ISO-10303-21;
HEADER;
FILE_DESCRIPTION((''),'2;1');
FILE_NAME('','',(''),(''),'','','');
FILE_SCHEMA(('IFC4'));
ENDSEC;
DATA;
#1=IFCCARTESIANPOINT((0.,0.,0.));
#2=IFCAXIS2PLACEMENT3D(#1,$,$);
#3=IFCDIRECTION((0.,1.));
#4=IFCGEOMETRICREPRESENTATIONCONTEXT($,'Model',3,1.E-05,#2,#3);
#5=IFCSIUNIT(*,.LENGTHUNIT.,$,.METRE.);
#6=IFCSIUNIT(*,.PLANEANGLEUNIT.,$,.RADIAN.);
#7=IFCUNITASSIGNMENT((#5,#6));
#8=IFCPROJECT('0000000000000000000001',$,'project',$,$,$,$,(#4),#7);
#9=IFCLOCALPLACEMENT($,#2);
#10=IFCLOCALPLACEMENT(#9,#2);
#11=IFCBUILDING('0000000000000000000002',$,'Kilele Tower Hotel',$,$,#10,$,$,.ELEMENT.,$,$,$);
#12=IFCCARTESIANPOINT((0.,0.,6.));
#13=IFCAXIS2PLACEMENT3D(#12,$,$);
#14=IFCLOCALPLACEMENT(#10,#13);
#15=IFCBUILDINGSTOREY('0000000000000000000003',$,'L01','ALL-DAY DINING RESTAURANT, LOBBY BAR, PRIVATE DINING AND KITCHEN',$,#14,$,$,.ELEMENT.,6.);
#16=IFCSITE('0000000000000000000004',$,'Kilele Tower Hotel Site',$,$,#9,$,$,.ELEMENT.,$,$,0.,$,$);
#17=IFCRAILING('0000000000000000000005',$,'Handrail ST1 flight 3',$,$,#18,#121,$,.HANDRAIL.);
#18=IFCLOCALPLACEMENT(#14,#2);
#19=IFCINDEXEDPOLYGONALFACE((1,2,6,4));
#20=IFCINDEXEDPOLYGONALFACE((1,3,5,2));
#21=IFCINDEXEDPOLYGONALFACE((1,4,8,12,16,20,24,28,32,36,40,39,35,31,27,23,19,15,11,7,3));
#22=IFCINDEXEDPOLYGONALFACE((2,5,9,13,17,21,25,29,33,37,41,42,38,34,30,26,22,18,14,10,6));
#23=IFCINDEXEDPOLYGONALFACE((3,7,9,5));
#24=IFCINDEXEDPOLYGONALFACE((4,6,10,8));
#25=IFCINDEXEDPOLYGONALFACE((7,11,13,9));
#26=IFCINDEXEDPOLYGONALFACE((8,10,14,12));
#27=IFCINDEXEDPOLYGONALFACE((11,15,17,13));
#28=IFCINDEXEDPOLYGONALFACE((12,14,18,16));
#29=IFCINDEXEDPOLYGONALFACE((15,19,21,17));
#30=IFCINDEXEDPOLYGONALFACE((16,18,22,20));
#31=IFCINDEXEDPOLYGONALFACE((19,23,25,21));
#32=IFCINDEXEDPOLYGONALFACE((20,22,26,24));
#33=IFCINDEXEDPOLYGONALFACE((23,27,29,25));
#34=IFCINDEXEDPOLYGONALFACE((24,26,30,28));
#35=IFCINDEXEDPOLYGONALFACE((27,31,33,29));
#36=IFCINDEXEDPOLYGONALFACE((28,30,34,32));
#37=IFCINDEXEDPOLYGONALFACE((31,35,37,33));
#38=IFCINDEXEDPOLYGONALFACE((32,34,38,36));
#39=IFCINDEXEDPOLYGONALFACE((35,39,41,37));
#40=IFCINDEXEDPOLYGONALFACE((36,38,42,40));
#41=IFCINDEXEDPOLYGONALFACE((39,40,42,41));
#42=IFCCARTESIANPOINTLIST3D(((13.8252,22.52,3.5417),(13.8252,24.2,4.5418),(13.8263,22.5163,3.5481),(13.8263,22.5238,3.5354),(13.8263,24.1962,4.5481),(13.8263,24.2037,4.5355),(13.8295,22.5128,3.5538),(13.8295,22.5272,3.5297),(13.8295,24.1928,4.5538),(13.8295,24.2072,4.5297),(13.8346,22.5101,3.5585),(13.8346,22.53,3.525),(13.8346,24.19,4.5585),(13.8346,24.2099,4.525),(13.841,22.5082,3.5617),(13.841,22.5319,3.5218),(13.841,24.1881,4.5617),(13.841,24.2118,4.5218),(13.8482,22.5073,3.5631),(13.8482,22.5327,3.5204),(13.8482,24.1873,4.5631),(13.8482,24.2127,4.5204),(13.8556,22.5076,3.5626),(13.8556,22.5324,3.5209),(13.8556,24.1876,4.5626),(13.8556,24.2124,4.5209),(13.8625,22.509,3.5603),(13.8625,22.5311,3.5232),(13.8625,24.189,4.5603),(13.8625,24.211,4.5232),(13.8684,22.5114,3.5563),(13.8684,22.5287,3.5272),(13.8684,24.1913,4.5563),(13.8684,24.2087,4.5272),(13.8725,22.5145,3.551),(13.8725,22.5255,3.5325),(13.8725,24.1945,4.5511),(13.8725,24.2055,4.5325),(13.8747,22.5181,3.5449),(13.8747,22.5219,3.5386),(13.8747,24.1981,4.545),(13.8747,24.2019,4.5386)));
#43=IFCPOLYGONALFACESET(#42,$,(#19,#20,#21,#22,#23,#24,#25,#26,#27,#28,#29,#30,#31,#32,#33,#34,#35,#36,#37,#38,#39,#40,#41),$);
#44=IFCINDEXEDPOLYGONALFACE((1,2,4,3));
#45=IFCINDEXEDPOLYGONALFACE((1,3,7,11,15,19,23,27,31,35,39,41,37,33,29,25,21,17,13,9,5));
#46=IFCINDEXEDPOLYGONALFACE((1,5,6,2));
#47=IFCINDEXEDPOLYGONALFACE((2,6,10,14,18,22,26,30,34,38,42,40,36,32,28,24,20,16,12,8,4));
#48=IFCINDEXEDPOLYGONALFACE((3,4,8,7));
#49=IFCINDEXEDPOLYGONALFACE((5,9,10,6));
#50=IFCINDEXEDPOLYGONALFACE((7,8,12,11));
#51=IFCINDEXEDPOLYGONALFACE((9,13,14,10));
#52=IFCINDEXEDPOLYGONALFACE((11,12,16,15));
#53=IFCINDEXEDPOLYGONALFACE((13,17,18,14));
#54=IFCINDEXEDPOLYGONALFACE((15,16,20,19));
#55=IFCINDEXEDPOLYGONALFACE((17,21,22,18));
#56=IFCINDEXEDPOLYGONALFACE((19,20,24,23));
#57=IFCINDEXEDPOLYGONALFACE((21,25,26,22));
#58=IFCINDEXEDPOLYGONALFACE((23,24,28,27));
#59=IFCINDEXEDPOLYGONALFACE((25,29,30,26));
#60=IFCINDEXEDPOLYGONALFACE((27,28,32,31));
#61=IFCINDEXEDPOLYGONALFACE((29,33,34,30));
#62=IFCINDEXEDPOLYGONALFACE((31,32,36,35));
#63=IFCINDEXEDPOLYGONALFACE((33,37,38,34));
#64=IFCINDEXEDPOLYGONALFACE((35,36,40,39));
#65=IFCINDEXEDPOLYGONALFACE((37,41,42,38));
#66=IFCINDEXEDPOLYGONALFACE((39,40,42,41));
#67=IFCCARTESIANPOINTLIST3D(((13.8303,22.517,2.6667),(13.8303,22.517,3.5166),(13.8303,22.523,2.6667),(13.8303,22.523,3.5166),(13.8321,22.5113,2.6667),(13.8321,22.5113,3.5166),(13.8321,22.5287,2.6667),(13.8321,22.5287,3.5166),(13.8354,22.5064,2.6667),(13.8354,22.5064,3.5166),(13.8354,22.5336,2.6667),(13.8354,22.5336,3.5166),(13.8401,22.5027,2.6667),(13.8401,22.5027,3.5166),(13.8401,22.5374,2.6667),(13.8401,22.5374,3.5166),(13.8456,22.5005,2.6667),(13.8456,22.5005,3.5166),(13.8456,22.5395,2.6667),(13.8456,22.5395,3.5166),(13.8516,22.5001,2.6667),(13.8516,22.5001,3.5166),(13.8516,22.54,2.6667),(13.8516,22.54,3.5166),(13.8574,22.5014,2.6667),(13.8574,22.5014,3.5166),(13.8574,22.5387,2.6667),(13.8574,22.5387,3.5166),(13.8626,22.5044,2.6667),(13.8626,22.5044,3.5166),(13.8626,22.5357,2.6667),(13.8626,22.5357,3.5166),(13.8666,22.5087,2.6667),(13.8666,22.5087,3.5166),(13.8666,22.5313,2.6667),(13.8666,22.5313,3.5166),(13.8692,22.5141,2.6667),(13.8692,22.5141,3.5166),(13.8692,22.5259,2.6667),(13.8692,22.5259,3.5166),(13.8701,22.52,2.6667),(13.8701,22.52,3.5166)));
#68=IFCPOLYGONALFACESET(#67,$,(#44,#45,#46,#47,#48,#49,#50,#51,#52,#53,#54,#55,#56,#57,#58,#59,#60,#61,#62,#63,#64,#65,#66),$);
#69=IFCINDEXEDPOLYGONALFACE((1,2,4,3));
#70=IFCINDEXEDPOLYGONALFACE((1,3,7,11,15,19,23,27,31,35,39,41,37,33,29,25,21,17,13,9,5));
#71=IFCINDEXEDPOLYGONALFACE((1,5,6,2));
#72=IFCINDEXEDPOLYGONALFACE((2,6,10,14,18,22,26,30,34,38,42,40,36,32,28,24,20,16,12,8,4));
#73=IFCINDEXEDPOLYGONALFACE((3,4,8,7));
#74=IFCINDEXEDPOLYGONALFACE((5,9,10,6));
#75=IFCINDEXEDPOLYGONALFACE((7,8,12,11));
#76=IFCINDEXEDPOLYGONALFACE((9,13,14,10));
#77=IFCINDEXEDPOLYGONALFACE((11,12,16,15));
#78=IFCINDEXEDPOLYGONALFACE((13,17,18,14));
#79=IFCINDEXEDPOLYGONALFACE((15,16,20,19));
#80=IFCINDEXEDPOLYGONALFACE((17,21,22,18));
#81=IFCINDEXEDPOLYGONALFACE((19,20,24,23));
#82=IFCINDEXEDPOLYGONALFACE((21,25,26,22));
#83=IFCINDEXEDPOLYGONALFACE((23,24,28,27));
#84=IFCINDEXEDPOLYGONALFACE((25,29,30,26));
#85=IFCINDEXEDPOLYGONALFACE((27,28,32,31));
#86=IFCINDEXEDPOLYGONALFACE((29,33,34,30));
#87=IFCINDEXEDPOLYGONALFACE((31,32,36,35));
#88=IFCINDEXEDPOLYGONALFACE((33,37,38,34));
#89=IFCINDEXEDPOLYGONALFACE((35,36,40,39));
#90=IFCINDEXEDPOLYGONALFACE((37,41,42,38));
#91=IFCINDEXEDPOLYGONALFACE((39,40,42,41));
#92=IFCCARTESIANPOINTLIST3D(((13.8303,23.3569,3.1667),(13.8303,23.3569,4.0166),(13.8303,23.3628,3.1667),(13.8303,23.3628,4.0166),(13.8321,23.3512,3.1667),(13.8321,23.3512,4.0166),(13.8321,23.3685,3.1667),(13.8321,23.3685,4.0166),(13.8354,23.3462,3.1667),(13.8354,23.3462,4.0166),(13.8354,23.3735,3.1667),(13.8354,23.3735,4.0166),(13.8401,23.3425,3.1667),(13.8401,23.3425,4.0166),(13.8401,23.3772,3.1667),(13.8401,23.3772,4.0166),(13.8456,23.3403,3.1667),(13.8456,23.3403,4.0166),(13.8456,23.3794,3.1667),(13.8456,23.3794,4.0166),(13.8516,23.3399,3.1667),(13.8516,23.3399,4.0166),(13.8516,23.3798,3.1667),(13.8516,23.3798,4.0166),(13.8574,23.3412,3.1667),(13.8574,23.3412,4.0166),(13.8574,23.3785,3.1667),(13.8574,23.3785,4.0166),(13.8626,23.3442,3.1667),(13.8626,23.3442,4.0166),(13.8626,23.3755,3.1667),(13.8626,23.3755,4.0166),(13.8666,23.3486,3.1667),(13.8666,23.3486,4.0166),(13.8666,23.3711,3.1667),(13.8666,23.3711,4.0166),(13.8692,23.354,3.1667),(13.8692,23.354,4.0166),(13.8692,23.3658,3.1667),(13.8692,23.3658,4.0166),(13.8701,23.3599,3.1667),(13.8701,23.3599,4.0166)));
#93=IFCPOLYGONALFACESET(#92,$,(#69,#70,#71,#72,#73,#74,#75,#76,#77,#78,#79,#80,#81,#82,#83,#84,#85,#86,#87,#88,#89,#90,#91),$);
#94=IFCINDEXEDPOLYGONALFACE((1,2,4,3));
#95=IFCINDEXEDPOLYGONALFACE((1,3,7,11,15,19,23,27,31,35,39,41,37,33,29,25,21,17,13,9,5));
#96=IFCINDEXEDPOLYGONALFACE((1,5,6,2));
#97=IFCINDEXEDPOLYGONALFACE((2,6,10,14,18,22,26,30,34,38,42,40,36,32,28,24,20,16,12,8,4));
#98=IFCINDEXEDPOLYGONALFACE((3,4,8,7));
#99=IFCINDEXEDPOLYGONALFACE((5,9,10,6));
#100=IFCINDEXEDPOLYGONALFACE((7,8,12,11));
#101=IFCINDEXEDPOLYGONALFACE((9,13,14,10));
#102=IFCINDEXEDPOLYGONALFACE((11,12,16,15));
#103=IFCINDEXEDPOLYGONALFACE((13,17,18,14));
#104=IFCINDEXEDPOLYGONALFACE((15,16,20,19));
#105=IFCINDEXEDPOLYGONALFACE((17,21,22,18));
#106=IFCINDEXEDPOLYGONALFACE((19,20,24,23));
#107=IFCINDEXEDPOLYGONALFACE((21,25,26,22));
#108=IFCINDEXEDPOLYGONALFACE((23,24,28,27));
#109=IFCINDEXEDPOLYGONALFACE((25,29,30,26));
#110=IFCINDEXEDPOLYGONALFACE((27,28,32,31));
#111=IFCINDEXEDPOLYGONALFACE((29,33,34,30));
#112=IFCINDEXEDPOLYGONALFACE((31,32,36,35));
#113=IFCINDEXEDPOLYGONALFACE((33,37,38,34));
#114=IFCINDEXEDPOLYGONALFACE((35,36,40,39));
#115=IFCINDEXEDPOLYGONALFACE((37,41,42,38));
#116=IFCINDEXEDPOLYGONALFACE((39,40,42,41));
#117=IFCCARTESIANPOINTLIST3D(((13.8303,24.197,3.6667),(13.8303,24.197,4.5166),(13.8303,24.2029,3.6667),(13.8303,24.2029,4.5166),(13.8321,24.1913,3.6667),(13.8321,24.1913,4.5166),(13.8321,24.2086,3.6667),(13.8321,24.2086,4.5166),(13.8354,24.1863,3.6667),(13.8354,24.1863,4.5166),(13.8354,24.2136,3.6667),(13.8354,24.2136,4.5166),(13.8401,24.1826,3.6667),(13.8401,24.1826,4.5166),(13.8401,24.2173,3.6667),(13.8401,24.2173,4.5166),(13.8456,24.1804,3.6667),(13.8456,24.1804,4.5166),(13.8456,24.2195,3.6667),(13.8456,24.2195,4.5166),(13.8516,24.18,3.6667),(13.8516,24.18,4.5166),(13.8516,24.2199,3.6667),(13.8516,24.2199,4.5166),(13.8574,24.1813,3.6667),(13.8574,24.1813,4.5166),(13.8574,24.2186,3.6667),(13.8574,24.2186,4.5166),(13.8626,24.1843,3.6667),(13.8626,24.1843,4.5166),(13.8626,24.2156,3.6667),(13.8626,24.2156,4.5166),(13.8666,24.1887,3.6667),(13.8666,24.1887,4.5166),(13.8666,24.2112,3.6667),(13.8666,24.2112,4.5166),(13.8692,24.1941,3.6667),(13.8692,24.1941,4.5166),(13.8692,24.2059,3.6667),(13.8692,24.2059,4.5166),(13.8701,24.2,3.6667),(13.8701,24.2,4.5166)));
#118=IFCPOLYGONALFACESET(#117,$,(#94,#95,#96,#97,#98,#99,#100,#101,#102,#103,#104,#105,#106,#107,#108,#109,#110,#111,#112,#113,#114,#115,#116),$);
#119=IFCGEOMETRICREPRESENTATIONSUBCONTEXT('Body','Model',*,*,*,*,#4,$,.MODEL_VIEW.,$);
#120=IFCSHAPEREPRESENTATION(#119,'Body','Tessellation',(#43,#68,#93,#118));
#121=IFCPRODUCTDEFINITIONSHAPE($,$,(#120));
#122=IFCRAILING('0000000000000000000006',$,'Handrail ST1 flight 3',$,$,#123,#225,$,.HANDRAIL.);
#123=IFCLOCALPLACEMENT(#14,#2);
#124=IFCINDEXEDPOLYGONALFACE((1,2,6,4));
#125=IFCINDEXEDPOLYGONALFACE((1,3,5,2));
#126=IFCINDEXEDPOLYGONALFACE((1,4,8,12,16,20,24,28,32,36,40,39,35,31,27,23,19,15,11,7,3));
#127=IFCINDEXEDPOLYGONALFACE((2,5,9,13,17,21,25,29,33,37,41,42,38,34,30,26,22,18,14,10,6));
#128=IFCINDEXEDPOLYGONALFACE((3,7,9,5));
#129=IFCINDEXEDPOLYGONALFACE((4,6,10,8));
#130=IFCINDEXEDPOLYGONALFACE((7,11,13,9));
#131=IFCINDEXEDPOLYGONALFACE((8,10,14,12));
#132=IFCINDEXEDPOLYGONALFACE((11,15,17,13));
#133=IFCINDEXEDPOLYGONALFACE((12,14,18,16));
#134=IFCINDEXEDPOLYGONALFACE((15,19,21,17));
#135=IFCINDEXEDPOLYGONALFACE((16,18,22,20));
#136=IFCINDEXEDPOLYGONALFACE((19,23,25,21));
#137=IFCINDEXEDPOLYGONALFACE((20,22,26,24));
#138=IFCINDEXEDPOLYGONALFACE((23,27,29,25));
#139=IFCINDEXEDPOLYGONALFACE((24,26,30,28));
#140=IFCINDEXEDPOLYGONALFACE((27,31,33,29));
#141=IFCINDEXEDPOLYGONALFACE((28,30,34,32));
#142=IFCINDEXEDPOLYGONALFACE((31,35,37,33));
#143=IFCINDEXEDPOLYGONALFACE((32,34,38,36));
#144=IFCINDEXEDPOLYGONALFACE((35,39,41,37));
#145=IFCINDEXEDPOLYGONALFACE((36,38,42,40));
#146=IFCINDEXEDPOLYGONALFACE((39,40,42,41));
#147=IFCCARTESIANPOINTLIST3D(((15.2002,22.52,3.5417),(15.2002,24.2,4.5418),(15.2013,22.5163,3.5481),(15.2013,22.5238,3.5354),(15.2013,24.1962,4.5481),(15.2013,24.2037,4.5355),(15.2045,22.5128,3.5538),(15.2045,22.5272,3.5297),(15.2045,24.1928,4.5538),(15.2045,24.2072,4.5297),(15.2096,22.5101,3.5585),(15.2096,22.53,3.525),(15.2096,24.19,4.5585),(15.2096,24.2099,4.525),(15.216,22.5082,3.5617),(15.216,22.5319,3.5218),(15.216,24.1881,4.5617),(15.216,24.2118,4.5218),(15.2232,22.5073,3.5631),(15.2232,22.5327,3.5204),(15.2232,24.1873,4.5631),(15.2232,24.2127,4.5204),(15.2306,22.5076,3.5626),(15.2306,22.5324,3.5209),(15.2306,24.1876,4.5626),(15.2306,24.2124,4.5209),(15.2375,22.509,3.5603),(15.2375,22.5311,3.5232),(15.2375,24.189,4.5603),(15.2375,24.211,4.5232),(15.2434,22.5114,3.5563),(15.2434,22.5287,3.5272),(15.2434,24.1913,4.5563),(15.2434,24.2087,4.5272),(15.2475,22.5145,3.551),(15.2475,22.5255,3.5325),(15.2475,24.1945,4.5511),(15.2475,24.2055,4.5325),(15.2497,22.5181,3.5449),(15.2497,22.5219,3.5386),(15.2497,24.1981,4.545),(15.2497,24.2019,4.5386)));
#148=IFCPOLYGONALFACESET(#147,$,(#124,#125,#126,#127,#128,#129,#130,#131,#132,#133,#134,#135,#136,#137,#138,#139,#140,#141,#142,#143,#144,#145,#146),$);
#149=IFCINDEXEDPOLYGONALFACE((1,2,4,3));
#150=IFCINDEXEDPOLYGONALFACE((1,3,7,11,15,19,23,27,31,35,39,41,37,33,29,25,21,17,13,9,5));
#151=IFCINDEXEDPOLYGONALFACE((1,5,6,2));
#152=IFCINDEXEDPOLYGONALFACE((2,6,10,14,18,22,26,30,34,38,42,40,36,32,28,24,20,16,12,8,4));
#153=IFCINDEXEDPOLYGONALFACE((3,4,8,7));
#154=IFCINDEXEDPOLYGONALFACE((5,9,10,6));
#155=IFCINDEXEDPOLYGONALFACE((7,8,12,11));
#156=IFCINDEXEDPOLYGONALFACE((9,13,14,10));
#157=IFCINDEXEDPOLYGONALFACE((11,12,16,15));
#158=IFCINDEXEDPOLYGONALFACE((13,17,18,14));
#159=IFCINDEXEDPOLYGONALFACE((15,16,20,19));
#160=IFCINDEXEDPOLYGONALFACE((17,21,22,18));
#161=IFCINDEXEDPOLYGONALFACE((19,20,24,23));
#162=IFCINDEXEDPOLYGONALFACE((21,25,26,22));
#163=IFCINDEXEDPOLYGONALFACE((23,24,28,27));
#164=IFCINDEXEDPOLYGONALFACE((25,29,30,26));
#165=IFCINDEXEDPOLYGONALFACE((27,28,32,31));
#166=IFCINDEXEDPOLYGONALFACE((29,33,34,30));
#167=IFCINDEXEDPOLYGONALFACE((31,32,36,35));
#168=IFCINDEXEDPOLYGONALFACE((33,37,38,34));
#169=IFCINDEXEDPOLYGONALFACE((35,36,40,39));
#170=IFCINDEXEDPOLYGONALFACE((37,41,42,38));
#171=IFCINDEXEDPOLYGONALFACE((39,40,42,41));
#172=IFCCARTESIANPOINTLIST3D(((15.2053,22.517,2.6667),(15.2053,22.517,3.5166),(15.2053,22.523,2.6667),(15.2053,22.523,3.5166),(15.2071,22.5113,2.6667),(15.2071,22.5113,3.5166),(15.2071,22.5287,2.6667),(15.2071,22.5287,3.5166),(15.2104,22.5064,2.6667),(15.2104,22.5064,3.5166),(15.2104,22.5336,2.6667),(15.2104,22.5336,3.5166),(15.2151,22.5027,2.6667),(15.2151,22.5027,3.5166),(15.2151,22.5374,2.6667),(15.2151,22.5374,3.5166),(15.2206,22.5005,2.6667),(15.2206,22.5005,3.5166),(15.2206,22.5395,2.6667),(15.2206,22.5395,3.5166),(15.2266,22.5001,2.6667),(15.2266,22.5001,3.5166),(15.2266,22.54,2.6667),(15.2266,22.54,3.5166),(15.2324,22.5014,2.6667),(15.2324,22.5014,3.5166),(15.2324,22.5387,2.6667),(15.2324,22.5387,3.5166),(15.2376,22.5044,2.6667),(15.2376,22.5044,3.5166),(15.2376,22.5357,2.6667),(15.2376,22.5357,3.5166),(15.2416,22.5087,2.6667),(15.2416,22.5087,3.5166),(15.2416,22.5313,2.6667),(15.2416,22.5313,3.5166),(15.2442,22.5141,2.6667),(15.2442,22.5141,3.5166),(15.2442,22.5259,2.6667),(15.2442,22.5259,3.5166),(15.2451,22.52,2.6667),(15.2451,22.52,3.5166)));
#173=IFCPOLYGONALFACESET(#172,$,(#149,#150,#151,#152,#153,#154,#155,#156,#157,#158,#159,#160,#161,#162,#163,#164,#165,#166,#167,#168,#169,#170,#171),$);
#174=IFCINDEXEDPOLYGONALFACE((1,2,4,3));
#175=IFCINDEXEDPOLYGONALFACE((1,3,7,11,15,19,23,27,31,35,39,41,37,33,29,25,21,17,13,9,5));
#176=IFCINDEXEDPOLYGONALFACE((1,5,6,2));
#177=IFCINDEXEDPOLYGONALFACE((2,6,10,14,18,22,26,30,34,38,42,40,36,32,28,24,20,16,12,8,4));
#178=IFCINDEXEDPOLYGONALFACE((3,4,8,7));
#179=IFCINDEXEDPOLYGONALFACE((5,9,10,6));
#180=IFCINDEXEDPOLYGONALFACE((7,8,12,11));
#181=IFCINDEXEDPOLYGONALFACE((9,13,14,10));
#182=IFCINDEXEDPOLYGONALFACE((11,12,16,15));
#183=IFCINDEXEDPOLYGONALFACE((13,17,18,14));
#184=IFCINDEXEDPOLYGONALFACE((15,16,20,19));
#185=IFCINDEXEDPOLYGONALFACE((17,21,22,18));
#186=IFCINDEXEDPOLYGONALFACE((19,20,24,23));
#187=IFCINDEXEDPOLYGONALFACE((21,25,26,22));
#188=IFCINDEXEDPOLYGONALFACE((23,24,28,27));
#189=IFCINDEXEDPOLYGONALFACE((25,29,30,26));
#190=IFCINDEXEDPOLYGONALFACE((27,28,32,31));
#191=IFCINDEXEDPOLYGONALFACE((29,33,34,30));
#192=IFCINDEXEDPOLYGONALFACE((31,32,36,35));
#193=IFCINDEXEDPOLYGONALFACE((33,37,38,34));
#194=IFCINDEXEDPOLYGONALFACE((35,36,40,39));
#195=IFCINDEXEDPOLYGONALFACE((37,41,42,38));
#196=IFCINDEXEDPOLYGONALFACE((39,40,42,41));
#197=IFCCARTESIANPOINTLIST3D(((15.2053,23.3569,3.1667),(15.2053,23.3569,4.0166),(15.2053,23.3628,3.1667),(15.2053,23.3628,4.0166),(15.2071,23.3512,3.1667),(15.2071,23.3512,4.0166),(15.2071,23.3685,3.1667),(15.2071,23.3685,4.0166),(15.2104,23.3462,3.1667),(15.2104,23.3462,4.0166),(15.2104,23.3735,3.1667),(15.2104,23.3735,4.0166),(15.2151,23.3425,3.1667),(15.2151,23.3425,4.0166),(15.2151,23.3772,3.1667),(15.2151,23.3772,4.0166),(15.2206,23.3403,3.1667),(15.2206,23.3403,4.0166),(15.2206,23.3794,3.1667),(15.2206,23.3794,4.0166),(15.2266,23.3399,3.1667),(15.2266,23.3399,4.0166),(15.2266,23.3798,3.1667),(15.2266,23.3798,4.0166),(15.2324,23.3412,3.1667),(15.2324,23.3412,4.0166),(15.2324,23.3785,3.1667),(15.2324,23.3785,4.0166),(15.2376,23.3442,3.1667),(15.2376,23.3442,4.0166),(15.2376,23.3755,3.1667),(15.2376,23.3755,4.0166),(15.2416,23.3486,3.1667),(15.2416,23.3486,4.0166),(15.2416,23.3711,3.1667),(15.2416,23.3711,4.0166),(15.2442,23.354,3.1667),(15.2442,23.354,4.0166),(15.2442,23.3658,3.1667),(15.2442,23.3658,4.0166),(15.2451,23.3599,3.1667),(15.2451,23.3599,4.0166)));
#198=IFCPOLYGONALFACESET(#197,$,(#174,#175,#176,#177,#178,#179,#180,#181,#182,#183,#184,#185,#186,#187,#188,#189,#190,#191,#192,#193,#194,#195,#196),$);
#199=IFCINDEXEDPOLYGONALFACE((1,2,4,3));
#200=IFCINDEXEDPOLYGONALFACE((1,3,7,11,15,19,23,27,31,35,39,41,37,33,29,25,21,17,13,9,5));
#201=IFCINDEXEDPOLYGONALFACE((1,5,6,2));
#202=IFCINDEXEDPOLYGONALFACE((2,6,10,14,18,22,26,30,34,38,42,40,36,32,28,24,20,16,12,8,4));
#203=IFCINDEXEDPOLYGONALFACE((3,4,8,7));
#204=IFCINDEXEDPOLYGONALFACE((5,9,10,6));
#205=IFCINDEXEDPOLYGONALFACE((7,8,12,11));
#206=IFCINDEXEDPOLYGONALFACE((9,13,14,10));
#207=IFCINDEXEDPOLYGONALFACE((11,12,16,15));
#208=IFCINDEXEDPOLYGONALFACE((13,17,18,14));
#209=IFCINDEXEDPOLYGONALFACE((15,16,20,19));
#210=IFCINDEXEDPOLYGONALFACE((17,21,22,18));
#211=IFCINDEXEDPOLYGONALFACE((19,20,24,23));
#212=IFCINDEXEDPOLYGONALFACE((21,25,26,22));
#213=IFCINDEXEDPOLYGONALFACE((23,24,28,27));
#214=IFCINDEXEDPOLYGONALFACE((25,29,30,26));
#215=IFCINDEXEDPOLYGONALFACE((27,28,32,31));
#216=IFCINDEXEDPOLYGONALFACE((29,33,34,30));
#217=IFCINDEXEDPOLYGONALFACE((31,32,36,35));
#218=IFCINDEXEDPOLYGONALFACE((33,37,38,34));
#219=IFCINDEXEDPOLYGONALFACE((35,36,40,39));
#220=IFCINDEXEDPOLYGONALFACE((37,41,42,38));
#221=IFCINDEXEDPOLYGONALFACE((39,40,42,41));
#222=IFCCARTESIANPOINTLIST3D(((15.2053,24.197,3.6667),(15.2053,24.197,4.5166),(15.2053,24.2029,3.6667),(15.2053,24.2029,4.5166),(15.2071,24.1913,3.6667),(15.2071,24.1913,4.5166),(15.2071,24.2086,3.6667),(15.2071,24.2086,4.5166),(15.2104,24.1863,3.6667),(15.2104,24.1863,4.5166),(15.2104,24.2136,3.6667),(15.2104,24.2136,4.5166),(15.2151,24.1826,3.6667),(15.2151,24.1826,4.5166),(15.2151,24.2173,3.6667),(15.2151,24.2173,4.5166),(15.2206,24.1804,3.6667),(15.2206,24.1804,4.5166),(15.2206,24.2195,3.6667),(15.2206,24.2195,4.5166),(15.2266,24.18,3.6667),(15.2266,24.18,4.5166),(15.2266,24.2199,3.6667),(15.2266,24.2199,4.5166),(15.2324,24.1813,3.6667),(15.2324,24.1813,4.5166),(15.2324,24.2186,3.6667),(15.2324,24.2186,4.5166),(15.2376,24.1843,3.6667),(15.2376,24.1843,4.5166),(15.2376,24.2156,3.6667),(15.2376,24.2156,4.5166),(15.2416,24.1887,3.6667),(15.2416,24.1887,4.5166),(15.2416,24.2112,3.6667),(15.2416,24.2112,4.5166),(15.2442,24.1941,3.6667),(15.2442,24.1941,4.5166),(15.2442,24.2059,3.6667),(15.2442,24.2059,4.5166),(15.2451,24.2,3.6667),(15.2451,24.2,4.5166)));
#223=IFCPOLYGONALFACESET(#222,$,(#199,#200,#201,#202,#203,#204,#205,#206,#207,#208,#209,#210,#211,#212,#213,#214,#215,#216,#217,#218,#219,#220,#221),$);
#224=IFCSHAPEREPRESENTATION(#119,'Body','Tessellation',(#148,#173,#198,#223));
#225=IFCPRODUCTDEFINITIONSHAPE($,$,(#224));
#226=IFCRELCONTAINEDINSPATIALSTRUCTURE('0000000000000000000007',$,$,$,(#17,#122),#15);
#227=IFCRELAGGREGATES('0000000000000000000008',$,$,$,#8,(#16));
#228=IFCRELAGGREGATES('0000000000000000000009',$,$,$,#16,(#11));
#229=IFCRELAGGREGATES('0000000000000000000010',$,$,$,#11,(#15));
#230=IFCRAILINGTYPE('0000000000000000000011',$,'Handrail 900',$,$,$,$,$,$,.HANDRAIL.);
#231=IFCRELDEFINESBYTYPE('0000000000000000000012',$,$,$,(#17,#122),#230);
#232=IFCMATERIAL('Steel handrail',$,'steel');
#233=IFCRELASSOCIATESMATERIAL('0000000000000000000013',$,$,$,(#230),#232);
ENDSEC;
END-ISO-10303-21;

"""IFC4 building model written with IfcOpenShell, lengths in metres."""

from ifc_helpers import new_model, si_unit, direction, frame, origin, origin_2d, place, context, subcontext, project, spatial, circle, extrude, material, type_object, element, save


model = new_model("IFC4")

# Units and contexts
model_context = context("Model", 3, precision=1e-05, world=origin(), true_north=direction((0.0, 1.0)))
body_context = subcontext(model_context, "Body", "Model", "MODEL_VIEW")
ifc_project = project(units=[si_unit("LENGTHUNIT", "METRE"), si_unit("PLANEANGLEUNIT", "RADIAN")], contexts=[model_context])

# Site, building, storey
site_placement = place(None, origin())
site = spatial("IfcSite", under=ifc_project, at=site_placement, Name="Kilele Tower Hotel Site", CompositionType="ELEMENT", RefElevation=0.0)
building_placement = place(site_placement, origin())
building = spatial("IfcBuilding", under=site, at=building_placement, Name="Kilele Tower Hotel", CompositionType="ELEMENT")
storey_placement = place(building_placement, frame((0.0, 0.0, 6.0)))
storey = spatial("IfcBuildingStorey", under=building, at=storey_placement, Name="L01", Description="ALL-DAY DINING RESTAURANT, LOBBY BAR, PRIVATE DINING AND KITCHEN", CompositionType="ELEMENT", Elevation=6.0)

# Railings
ifc_material_1 = material(Name="Steel handrail", Category="steel")
railing_type_1 = type_object("IfcRailingType", Name="Handrail 900", PredefinedType="HANDRAIL", material=ifc_material_1)
for number, where, name in (
    (1, (13.8501, 22.52, 2.6667), "Handrail ST1 flight 3"),
    (2, (15.2251, 22.52, 2.6667), "Handrail ST1 flight 3"),
):
    element("IfcRailing", number, at=place(storey_placement, frame(where)), inside=storey, type_object=railing_type_1, Name=name, PredefinedType="HANDRAIL", context=body_context, shape_type="SweptSolid", body=[
        extrude(circle(Radius=0.0249, at=origin_2d()), frame((0.0, 0.0, 0.875), z_axis=(0.0, 0.859284, 0.511499), x_axis=(-1.0, 0.0, 0.0)), (0.0, 0.0, 1.0), 1.9551),
        extrude(circle(Radius=0.02, at=origin_2d()), origin(), (0.0, 0.0, 1.0), 0.8499),
        extrude(circle(Radius=0.02, at=origin_2d()), frame((0.0, 0.8398, 0.5)), (0.0, 0.0, 1.0), 0.8499),
        extrude(circle(Radius=0.02, at=origin_2d()), frame((0.0, 1.6799, 1.0)), (0.0, 0.0, 1.0), 0.8499),
    ])

save(model, "model.ifc")
